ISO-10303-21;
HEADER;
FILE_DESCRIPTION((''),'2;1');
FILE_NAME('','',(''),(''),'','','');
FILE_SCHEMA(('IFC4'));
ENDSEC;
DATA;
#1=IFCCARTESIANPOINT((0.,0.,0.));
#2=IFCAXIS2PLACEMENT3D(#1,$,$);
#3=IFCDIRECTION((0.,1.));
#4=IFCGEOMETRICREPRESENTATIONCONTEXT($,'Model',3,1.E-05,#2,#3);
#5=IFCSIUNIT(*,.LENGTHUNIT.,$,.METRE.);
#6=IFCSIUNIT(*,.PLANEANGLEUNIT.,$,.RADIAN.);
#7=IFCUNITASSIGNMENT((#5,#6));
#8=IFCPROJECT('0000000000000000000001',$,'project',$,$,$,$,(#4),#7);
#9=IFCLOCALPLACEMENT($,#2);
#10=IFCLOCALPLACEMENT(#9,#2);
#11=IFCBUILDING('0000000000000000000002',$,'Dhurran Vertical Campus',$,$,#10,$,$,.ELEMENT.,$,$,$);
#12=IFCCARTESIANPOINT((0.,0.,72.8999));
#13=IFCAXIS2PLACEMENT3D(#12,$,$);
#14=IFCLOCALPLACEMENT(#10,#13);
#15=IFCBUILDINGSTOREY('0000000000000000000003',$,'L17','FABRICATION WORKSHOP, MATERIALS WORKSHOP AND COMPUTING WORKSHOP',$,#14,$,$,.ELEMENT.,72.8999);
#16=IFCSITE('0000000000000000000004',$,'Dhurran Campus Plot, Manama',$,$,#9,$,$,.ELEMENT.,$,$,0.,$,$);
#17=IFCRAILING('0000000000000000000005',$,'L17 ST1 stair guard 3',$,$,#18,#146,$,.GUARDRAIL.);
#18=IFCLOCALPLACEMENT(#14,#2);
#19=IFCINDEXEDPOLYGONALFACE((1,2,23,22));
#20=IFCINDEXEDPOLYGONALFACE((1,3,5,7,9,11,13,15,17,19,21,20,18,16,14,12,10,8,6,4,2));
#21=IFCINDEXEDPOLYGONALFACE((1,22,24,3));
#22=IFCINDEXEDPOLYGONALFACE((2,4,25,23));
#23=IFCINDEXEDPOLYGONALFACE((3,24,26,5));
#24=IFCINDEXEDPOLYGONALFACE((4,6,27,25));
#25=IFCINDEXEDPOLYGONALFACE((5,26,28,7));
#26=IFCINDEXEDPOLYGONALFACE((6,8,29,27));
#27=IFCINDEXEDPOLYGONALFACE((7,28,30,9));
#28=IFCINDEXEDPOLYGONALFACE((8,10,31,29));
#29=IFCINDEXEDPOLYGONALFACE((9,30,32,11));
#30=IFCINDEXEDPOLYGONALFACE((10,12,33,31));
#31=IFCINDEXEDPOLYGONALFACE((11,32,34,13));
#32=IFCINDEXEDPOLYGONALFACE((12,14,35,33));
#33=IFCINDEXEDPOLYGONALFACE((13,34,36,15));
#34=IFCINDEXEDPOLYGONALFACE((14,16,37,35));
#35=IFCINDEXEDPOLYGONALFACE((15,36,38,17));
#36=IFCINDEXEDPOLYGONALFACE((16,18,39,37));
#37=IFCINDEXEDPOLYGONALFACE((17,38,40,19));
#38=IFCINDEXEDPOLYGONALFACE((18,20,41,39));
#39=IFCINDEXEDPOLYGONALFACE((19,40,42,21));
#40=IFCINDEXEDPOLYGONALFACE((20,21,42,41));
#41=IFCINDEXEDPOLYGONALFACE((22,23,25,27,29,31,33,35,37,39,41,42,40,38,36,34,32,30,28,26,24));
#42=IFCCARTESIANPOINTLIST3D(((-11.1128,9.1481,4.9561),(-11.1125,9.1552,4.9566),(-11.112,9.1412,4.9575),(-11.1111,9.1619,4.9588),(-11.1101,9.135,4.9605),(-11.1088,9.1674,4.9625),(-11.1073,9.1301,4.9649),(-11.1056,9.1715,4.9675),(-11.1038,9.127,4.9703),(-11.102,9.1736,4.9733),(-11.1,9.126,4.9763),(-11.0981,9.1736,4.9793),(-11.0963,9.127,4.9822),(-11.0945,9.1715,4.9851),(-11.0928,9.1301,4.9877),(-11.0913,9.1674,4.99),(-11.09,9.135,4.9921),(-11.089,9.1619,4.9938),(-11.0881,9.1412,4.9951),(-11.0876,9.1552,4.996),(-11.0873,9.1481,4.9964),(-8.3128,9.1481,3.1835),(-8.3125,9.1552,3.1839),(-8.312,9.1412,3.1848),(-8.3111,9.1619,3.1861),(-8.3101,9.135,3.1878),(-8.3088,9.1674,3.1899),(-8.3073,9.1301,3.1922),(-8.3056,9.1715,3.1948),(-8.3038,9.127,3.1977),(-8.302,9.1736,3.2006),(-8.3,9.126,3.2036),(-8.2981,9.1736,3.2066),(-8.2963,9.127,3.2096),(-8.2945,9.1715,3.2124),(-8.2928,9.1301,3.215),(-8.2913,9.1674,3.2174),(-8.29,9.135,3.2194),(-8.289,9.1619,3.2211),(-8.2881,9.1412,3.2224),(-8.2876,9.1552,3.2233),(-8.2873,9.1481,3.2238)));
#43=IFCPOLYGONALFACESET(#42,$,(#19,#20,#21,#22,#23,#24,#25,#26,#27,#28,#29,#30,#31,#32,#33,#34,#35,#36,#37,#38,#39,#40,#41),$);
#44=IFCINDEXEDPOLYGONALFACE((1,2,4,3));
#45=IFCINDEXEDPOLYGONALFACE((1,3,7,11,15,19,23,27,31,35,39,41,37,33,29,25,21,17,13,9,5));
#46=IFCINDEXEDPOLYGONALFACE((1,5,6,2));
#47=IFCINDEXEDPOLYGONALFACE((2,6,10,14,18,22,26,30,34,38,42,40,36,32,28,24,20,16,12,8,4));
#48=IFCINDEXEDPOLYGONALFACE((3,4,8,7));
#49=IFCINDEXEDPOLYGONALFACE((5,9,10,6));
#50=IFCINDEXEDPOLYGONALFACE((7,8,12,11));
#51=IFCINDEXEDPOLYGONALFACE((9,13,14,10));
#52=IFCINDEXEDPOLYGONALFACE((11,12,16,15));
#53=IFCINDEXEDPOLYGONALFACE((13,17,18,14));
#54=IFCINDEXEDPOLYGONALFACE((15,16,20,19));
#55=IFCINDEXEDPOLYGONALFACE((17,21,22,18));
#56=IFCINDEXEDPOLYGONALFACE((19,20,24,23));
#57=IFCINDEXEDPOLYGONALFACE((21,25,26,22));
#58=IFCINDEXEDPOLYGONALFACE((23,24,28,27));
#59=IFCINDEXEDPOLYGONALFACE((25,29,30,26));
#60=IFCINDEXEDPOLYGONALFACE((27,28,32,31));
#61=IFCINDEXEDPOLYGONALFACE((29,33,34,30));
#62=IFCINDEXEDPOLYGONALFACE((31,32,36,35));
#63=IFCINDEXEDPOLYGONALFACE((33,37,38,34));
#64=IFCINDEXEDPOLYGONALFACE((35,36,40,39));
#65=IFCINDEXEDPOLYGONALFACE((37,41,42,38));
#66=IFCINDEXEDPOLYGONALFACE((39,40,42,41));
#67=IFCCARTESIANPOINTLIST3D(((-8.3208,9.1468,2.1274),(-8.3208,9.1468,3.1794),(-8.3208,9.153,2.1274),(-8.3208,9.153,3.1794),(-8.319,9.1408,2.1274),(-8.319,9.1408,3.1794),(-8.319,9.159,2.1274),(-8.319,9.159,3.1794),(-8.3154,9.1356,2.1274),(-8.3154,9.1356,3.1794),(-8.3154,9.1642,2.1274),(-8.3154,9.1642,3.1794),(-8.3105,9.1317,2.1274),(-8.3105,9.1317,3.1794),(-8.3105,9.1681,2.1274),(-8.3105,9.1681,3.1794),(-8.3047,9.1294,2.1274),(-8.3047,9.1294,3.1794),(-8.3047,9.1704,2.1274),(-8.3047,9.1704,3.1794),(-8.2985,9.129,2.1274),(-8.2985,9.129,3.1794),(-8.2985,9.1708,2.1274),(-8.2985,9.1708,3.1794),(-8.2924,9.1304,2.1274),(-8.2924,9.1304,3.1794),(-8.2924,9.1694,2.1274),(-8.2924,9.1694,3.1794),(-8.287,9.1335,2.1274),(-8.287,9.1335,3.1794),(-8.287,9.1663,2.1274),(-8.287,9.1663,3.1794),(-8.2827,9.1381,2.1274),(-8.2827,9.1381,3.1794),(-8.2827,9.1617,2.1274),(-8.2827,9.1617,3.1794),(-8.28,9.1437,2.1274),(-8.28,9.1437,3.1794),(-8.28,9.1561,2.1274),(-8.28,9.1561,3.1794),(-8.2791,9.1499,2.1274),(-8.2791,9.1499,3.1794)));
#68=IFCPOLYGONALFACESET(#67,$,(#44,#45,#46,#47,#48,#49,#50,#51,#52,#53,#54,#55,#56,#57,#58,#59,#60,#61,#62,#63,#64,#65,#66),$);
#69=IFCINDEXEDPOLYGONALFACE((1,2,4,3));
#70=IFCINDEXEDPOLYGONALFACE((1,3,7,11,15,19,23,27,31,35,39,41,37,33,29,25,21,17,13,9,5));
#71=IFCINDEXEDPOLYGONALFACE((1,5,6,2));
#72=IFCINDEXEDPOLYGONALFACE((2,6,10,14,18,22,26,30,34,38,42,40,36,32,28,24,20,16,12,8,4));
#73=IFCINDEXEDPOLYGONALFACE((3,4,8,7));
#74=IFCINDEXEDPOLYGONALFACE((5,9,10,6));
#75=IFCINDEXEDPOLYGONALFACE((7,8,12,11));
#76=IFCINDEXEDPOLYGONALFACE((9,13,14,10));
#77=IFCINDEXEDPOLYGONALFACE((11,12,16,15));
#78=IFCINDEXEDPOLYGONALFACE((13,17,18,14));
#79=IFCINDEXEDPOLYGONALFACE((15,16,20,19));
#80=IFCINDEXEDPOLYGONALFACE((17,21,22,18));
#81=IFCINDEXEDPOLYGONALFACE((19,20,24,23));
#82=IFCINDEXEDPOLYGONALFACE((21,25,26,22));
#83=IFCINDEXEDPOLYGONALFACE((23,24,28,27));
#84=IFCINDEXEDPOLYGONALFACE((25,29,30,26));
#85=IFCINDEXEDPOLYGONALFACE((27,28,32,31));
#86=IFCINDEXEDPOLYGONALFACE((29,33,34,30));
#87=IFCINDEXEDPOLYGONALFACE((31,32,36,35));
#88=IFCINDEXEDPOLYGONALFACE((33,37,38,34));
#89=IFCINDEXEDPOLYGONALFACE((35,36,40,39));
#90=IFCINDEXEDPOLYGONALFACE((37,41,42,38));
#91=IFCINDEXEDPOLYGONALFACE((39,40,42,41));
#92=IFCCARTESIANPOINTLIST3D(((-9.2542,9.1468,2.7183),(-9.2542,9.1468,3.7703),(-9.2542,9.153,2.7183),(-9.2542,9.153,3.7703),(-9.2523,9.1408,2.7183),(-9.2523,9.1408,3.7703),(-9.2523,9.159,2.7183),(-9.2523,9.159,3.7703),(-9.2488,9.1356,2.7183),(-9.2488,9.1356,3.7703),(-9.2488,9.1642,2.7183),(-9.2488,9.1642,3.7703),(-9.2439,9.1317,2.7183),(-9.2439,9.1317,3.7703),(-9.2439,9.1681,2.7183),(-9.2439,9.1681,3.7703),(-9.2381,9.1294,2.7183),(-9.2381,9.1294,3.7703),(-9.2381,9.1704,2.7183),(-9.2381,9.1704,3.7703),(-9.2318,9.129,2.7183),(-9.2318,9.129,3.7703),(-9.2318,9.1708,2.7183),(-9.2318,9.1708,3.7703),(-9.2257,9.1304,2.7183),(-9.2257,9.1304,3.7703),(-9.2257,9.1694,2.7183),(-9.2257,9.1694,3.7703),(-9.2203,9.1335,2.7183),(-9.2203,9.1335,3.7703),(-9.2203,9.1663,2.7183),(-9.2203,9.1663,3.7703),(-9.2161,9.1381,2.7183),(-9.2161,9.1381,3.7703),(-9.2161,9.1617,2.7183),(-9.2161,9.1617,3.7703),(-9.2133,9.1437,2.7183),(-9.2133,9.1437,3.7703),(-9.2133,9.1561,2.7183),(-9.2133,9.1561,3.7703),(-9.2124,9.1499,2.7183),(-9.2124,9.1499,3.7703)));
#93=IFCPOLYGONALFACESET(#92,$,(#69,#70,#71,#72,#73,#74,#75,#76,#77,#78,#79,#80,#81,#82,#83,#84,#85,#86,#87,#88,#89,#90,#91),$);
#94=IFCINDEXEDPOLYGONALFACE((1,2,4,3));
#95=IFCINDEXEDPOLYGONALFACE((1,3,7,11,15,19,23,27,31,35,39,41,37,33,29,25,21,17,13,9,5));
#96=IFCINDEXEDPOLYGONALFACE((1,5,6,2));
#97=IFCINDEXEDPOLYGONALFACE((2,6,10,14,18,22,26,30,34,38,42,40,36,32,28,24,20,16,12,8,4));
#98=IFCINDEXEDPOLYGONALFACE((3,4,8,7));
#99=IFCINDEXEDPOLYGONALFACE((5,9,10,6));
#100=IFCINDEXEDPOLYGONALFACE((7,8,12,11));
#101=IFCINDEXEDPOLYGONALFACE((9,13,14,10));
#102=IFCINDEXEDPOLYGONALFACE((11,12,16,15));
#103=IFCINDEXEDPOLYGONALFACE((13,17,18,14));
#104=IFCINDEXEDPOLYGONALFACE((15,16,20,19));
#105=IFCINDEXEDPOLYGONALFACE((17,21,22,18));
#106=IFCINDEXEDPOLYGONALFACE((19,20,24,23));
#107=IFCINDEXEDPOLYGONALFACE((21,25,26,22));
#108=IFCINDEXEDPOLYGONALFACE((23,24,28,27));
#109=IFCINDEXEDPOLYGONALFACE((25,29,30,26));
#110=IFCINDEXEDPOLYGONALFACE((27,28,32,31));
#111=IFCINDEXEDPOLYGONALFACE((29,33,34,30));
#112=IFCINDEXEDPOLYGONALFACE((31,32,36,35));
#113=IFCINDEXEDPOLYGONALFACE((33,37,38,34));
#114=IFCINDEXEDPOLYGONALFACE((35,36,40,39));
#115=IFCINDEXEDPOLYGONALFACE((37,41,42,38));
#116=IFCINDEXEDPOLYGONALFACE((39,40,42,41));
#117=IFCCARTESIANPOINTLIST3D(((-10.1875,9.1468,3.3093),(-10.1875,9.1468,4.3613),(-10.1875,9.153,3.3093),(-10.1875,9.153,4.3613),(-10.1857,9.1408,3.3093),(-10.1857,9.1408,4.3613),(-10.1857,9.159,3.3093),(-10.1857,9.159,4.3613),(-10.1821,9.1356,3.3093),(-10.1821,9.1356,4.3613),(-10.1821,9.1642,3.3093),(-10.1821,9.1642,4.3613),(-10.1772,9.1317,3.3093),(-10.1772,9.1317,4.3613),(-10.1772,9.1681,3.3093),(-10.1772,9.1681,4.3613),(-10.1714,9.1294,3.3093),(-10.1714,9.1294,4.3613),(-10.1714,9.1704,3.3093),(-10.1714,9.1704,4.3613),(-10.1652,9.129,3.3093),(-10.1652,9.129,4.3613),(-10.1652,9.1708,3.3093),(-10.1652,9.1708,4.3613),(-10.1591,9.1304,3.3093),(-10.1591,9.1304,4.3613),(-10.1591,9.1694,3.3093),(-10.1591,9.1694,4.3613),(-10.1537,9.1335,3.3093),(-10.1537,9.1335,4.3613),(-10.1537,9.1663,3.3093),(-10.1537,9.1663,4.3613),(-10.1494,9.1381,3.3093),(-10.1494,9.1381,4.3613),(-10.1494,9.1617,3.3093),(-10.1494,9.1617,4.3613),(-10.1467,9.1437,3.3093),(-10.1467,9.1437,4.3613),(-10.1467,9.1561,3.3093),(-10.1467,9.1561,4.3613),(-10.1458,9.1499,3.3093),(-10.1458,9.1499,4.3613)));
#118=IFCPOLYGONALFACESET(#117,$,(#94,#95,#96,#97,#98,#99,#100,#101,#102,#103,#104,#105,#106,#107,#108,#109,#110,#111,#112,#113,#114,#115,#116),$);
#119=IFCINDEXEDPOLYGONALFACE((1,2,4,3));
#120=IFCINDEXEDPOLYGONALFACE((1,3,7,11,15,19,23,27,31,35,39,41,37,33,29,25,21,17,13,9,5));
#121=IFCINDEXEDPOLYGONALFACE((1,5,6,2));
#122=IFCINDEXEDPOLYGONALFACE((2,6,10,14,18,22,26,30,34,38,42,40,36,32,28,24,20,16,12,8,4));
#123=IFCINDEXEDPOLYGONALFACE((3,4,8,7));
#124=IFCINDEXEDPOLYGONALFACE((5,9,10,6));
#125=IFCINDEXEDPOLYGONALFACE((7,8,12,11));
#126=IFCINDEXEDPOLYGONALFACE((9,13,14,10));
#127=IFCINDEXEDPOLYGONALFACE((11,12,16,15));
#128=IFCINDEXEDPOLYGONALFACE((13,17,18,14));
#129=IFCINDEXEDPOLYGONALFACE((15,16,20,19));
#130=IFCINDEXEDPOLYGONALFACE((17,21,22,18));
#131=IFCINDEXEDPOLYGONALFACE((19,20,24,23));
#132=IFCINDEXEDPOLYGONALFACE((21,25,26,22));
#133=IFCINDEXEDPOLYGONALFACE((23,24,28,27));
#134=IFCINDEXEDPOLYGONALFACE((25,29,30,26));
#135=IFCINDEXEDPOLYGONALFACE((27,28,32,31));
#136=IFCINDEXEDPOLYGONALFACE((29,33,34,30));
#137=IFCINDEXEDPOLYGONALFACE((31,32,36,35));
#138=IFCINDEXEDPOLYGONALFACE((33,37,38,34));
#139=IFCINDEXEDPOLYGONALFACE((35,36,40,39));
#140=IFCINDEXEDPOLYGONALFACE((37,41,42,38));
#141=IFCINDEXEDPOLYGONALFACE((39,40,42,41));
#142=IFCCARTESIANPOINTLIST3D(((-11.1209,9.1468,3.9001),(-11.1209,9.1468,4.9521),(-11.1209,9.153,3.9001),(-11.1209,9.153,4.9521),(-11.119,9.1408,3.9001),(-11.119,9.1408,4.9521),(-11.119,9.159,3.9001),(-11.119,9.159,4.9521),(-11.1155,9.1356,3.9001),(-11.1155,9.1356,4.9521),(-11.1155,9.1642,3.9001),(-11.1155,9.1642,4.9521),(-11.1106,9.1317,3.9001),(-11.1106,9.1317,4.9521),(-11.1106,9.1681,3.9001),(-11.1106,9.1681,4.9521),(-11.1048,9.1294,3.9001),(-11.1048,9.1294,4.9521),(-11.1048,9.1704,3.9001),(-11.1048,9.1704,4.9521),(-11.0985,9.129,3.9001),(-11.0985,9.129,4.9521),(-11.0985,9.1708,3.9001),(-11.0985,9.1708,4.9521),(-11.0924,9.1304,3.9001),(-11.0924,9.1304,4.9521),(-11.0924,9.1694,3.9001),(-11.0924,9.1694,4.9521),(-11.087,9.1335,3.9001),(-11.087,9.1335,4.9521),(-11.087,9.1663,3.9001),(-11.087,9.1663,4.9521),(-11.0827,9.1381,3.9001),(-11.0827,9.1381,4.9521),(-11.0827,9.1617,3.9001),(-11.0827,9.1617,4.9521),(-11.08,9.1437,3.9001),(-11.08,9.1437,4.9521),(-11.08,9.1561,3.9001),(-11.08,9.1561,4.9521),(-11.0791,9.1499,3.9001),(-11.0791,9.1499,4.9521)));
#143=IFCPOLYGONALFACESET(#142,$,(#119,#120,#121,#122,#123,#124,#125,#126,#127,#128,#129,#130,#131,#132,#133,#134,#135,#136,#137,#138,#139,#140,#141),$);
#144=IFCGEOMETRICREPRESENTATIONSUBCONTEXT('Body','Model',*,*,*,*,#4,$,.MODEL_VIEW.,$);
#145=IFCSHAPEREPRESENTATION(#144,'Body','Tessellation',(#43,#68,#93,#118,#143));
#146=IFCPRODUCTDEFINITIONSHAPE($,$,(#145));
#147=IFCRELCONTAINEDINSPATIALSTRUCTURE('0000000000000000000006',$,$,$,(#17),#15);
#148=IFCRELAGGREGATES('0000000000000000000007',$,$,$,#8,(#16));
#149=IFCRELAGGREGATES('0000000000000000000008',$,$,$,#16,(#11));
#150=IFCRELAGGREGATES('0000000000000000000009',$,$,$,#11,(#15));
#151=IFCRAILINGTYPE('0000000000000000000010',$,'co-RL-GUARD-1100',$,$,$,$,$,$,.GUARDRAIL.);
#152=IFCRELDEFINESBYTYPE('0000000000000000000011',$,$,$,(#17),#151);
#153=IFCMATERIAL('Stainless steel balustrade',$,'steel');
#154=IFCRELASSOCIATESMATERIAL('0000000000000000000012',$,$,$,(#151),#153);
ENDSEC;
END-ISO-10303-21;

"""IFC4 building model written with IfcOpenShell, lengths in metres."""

from ifc_helpers import new_model, si_unit, direction, frame, origin, origin_2d, place, context, subcontext, project, spatial, circle, extrude, material, type_object, element, save


model = new_model("IFC4")

# Units and contexts
model_context = context("Model", 3, precision=1e-05, world=origin(), true_north=direction((0.0, 1.0)))
body_context = subcontext(model_context, "Body", "Model", "MODEL_VIEW")
ifc_project = project(units=[si_unit("LENGTHUNIT", "METRE"), si_unit("PLANEANGLEUNIT", "RADIAN")], contexts=[model_context])

# Site, building, storey
site_placement = place(None, origin())
site = spatial("IfcSite", under=ifc_project, at=site_placement, Name="Dhurran Campus Plot, Manama", CompositionType="ELEMENT", RefElevation=0.0)
building_placement = place(site_placement, origin())
building = spatial("IfcBuilding", under=site, at=building_placement, Name="Dhurran Vertical Campus", CompositionType="ELEMENT")
storey_placement = place(building_placement, frame((0.0, 0.0, 72.8999)))
storey = spatial("IfcBuildingStorey", under=building, at=storey_placement, Name="L17", Description="FABRICATION WORKSHOP, MATERIALS WORKSHOP AND COMPUTING WORKSHOP", CompositionType="ELEMENT", Elevation=72.8999)

# Railing
ifc_material_1 = material(Name="Stainless steel balustrade", Category="steel")
railing_type_1 = type_object("IfcRailingType", Name="co-RL-GUARD-1100", PredefinedType="GUARDRAIL", material=ifc_material_1)
railing_1_placement = place(storey_placement, frame((-8.3, 9.1499, 2.1274)))
element("IfcRailing", 1, at=railing_1_placement, inside=storey, type_object=railing_type_1, Name="L17 ST1 stair guard 3", PredefinedType="GUARDRAIL", context=body_context, shape_type="SweptSolid", body=[
    extrude(circle(Radius=0.0239, at=origin_2d()), frame((0.0, 0.0, 1.0762), z_axis=(-0.844909, 0.0, 0.53491), x_axis=(0.0, -1.0, 0.0)), (0.0, 0.0, 1.0), 3.314),
    extrude(circle(Radius=0.021, at=origin_2d()), origin(), (0.0, 0.0, 1.0), 1.052),
    extrude(circle(Radius=0.021, at=origin_2d()), frame((-0.9333, 0.0, 0.5908)), (0.0, 0.0, 1.0), 1.052),
    extrude(circle(Radius=0.021, at=origin_2d()), frame((-1.8667, 0.0, 1.1819)), (0.0, 0.0, 1.0), 1.052),
    extrude(circle(Radius=0.021, at=origin_2d()), frame((-2.8, 0.0, 1.7727)), (0.0, 0.0, 1.0), 1.052),
])

save(model, "model.ifc")
